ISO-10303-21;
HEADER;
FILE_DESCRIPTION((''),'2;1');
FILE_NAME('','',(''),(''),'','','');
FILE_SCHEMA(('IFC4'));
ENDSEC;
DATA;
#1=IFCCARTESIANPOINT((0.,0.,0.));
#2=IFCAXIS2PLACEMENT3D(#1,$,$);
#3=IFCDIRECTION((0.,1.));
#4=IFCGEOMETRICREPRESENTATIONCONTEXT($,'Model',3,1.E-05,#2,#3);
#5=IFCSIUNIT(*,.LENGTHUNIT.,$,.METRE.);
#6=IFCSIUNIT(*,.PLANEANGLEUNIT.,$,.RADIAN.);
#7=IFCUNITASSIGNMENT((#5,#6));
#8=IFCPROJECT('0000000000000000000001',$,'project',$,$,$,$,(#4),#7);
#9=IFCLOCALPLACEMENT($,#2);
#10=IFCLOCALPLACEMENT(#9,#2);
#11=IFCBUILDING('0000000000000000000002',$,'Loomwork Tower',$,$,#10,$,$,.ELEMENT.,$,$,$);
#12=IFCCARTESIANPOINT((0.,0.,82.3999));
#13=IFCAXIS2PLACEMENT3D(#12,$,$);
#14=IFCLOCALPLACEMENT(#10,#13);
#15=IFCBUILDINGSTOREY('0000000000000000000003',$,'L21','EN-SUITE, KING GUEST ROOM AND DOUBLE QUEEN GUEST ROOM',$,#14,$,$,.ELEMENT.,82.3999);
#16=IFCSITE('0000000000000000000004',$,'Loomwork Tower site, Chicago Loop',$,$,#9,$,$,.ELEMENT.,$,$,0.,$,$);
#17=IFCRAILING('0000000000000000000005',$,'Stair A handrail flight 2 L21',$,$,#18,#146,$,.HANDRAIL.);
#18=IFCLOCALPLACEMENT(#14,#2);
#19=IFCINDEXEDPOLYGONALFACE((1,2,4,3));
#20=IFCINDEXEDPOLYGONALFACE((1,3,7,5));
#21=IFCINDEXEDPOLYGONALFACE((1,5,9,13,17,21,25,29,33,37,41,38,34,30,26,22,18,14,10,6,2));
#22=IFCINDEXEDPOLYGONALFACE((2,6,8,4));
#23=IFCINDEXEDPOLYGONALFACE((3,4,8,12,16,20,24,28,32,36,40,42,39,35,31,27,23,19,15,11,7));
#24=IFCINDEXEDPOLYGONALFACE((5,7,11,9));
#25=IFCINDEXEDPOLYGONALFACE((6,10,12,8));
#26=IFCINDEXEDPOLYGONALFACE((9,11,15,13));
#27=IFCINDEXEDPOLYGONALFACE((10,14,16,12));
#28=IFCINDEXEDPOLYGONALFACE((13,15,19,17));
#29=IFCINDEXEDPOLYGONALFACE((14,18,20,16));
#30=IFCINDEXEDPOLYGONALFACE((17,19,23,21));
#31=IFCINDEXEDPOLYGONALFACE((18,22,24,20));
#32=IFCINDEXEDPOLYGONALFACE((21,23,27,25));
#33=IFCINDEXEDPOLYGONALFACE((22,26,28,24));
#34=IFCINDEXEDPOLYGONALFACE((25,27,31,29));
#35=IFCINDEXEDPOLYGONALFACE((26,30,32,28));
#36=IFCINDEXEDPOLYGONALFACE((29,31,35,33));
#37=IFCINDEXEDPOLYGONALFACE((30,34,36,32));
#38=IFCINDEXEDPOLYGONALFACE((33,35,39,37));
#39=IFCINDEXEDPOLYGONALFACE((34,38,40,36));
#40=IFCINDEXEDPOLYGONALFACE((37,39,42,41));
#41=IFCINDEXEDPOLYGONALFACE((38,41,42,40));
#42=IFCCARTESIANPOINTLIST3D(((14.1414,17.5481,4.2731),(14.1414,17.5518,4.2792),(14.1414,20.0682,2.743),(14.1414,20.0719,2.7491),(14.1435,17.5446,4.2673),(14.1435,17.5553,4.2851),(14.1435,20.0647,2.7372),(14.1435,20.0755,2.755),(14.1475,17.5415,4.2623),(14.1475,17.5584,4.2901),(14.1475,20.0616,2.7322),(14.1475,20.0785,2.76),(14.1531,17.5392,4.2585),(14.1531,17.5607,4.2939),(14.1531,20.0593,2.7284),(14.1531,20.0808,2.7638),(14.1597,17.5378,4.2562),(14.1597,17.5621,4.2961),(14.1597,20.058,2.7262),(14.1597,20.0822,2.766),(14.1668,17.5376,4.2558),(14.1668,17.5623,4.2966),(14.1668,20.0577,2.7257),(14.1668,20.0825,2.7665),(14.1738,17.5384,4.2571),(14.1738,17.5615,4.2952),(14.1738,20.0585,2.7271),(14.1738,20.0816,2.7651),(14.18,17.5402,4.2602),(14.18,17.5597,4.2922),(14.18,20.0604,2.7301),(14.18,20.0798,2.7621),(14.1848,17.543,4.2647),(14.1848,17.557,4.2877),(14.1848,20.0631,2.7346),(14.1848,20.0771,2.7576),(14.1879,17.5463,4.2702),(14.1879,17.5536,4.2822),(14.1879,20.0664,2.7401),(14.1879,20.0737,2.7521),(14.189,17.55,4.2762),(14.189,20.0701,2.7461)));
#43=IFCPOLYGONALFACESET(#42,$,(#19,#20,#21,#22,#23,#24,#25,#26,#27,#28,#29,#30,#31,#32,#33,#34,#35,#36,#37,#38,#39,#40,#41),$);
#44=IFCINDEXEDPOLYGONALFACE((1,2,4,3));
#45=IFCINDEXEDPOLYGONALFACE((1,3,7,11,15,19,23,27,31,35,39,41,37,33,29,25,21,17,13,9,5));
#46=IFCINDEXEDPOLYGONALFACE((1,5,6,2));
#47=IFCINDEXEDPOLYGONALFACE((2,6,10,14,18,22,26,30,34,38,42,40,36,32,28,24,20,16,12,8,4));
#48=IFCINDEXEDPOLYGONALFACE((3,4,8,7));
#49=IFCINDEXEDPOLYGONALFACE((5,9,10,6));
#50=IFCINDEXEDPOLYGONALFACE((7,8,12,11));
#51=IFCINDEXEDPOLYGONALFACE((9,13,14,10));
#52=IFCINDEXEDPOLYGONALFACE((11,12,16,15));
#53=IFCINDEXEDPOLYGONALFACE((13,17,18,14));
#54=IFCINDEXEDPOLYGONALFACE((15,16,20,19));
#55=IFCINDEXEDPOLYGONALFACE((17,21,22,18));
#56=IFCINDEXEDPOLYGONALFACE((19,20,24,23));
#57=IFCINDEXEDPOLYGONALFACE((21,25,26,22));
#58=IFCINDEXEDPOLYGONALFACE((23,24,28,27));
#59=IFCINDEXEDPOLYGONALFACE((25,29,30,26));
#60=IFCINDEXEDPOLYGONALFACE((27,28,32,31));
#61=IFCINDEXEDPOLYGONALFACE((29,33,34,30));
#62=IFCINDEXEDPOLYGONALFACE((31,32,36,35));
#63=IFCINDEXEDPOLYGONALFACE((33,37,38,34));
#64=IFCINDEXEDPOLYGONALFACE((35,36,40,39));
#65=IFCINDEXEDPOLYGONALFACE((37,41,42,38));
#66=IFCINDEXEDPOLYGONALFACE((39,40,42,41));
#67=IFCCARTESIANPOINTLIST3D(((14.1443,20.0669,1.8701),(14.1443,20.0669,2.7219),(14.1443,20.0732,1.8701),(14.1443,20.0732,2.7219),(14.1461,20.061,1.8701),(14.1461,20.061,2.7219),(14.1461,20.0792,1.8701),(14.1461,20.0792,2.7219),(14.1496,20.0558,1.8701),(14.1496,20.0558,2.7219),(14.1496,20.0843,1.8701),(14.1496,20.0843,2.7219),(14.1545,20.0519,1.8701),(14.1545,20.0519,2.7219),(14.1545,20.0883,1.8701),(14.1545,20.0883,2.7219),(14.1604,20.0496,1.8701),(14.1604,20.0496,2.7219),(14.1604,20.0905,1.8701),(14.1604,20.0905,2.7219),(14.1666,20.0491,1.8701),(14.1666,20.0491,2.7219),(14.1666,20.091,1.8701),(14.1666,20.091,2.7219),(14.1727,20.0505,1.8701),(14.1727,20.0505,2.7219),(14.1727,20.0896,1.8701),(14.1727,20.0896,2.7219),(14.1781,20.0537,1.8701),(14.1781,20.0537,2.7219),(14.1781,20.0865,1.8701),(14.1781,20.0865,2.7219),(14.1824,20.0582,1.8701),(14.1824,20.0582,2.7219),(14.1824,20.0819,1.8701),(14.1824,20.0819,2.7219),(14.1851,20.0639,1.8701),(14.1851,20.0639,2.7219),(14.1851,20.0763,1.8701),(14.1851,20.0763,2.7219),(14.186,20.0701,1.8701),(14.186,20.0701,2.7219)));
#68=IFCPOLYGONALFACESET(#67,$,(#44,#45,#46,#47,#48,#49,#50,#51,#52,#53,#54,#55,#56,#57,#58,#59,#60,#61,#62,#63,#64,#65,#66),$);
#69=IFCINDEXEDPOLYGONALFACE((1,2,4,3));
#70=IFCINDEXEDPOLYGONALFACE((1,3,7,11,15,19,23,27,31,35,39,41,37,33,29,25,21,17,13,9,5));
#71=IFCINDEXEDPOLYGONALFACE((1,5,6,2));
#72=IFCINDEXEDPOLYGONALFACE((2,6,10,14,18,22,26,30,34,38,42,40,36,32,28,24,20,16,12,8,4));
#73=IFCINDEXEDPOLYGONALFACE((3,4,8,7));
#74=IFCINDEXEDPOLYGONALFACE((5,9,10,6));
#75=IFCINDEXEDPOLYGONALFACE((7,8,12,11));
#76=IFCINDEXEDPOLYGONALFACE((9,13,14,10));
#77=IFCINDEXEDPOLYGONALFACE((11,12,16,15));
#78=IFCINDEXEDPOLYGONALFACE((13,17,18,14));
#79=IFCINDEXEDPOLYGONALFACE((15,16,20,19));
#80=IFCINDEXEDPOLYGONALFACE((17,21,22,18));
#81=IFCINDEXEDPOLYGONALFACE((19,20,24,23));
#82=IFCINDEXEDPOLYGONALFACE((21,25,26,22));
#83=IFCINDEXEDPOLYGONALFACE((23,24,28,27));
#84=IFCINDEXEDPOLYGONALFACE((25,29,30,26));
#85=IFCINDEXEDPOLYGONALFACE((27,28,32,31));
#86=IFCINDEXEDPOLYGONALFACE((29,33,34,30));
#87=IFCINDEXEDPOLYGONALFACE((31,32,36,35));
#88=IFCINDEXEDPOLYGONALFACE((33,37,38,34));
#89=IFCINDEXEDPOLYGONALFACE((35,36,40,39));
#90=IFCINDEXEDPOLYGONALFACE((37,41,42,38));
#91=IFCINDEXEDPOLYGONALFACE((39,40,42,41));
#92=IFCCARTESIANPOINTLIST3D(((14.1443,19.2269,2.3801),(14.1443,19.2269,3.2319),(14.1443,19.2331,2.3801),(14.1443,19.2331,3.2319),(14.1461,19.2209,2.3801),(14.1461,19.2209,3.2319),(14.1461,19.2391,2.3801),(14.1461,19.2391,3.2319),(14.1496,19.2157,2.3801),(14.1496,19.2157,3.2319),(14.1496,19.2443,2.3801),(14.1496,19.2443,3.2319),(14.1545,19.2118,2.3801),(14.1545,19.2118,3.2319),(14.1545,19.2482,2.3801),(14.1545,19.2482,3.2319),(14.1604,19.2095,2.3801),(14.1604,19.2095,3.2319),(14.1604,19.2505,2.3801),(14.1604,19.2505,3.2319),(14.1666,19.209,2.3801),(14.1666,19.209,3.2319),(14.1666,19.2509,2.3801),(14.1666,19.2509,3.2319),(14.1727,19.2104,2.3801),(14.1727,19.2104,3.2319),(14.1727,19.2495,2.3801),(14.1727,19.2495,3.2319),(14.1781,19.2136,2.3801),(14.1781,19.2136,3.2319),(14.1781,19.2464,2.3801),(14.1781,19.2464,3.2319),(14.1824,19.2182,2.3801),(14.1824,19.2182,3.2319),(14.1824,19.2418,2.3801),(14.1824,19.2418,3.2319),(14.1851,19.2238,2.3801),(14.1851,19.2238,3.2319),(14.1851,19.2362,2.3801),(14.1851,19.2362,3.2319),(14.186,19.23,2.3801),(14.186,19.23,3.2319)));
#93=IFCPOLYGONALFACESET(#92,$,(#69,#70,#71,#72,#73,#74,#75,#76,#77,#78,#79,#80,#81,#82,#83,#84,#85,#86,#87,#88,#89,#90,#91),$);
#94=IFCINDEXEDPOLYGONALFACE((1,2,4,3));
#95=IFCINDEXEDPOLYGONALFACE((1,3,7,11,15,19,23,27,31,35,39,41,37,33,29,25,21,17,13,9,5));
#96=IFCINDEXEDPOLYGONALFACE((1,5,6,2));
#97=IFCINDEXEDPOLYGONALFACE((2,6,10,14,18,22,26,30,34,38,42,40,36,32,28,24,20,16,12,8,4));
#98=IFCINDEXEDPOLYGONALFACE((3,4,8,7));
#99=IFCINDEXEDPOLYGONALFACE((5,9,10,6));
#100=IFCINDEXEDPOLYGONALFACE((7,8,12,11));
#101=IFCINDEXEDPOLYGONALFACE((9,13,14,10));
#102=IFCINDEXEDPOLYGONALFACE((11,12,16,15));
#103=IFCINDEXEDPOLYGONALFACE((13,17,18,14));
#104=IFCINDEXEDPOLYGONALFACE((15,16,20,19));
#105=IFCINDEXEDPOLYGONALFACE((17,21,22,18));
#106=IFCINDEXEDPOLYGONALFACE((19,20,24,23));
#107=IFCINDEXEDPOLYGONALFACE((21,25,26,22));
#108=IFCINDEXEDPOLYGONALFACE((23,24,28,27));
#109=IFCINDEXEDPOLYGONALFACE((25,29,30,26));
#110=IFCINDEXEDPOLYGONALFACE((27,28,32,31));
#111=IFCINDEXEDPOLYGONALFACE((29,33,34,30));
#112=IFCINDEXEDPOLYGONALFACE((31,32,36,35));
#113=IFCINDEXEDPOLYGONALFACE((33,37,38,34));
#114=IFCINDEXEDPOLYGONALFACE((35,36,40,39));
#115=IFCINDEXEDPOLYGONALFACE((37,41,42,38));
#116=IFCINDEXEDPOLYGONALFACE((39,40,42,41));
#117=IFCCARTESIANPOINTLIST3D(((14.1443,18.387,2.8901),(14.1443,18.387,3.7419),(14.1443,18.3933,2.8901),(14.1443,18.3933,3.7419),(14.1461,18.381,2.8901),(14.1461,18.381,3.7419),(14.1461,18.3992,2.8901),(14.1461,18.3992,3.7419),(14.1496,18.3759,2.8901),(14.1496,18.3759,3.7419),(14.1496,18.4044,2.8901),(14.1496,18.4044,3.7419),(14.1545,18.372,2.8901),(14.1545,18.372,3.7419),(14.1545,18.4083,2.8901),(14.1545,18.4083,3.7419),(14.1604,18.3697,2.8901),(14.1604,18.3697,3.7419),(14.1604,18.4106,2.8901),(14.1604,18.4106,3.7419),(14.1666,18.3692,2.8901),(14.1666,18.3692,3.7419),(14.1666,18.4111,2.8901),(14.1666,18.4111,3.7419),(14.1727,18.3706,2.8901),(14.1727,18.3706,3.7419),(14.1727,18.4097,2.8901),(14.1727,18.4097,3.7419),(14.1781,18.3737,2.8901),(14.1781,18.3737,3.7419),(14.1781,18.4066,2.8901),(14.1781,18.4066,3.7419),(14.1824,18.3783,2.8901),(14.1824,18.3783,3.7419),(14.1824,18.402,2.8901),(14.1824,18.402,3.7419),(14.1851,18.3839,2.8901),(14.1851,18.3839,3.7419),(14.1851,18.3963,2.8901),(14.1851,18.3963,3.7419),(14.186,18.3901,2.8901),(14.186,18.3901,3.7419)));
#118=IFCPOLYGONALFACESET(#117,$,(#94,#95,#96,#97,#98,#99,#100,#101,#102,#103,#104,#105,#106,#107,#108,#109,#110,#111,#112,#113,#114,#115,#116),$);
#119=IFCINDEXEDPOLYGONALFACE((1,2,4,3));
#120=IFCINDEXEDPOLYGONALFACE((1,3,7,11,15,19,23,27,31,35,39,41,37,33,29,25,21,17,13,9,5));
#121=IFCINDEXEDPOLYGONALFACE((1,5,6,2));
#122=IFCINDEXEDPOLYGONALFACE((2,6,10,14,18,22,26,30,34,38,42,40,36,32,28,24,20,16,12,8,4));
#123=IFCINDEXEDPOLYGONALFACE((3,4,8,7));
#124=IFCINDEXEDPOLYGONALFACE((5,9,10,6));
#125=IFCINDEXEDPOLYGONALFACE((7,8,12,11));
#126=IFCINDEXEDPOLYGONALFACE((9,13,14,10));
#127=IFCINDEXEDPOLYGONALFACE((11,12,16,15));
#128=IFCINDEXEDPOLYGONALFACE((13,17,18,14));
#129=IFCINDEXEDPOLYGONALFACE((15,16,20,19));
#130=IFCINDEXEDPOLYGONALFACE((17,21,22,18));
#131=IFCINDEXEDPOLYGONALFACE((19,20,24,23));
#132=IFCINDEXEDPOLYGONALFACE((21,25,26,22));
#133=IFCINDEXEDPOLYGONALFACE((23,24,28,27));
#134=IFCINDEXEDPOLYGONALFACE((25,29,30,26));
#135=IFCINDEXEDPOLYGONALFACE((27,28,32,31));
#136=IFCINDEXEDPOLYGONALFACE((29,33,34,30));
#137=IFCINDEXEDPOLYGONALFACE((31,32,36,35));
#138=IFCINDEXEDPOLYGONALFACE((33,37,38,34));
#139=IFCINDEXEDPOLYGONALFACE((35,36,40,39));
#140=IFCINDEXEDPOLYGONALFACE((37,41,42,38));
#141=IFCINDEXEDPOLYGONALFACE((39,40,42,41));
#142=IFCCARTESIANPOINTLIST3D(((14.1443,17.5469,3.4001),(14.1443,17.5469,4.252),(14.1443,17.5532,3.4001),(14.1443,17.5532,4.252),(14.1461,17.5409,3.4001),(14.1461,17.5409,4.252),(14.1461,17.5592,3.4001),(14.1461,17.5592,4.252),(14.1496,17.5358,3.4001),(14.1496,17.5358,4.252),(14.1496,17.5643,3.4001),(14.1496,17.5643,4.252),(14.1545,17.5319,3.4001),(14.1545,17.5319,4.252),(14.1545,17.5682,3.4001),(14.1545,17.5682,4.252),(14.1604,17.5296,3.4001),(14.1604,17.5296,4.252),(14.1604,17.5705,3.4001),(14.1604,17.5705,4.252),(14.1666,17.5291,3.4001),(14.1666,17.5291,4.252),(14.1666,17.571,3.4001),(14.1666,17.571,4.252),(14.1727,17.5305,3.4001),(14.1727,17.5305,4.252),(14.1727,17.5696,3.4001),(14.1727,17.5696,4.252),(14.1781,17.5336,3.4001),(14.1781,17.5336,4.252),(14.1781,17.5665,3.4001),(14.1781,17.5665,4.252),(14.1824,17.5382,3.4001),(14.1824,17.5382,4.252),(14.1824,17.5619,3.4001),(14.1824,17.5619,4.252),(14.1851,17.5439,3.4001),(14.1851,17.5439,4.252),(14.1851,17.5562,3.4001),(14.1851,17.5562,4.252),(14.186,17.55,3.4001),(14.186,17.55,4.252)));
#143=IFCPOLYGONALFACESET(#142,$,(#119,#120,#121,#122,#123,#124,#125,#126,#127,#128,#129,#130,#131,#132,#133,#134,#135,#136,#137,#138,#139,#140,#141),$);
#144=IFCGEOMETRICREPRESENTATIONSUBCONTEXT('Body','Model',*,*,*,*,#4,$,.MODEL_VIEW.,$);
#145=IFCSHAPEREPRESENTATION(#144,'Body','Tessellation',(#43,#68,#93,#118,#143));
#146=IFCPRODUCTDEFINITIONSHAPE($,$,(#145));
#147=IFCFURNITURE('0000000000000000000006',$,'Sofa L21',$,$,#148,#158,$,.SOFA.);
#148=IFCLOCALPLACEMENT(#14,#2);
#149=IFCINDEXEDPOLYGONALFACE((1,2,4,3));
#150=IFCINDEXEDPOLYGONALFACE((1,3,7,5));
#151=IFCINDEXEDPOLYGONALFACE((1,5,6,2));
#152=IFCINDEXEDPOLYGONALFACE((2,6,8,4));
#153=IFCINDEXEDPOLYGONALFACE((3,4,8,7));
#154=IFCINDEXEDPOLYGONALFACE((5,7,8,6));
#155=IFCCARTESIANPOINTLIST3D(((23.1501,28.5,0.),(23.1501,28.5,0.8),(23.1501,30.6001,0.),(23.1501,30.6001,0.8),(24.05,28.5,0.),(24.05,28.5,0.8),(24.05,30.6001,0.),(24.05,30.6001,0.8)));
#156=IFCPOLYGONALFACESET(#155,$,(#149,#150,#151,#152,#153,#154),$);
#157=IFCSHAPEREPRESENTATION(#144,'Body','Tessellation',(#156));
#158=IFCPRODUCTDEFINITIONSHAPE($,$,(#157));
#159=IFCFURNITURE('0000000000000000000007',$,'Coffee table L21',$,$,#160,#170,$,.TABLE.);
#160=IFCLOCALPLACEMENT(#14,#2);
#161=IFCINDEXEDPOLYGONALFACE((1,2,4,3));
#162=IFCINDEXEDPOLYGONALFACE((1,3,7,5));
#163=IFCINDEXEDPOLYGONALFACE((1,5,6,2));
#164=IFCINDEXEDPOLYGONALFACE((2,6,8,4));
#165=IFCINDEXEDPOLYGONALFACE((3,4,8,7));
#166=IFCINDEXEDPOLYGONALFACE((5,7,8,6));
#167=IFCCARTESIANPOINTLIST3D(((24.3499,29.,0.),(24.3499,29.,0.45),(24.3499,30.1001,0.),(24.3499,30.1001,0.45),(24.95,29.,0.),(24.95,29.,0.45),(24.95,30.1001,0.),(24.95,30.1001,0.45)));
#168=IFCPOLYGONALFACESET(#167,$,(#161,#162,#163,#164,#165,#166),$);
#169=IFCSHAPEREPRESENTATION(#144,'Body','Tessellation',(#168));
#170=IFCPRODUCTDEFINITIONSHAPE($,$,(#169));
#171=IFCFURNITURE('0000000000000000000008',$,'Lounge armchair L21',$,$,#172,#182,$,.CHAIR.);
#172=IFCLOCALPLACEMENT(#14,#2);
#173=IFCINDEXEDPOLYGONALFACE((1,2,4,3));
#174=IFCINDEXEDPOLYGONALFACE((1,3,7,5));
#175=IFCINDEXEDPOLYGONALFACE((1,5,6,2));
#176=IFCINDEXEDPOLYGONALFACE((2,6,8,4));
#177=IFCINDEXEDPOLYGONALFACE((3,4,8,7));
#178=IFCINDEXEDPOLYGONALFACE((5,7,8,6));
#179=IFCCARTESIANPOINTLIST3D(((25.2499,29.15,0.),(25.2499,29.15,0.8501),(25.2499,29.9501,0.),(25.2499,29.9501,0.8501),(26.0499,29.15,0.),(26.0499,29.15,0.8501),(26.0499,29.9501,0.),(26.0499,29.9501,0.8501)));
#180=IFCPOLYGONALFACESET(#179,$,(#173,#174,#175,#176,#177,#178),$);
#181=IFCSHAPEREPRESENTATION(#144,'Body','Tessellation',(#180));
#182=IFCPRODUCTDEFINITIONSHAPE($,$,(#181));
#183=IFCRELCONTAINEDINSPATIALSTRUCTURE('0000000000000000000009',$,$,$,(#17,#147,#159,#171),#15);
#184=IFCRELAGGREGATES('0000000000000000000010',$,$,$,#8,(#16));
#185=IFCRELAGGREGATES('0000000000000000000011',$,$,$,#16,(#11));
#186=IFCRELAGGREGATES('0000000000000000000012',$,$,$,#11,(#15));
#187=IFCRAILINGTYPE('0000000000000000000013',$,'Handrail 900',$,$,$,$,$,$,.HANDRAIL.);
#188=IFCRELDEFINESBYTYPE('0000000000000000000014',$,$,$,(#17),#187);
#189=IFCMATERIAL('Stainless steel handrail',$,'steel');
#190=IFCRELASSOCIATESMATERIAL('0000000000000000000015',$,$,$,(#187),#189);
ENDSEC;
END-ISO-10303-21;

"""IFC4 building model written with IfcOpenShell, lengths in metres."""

from ifc_helpers import new_model, si_unit, direction, frame, origin, origin_2d, place, context, subcontext, project, spatial, rectangle, circle, extrude, material, type_object, element, save


model = new_model("IFC4")

# Units and contexts
model_context = context("Model", 3, precision=1e-05, world=origin(), true_north=direction((0.0, 1.0)))
body_context = subcontext(model_context, "Body", "Model", "MODEL_VIEW")
ifc_project = project(units=[si_unit("LENGTHUNIT", "METRE"), si_unit("PLANEANGLEUNIT", "RADIAN")], contexts=[model_context])

# Site, building, storey
site_placement = place(None, origin())
site = spatial("IfcSite", under=ifc_project, at=site_placement, Name="Loomwork Tower site, Chicago Loop", CompositionType="ELEMENT", RefElevation=0.0)
building_placement = place(site_placement, origin())
building = spatial("IfcBuilding", under=site, at=building_placement, Name="Loomwork Tower", CompositionType="ELEMENT")
storey_placement = place(building_placement, frame((0.0, 0.0, 82.3999)))
storey = spatial("IfcBuildingStorey", under=building, at=storey_placement, Name="L21", Description="EN-SUITE, KING GUEST ROOM AND DOUBLE QUEEN GUEST ROOM", CompositionType="ELEMENT", Elevation=82.3999)

# Railing
ifc_material_1 = material(Name="Stainless steel handrail", Category="steel")
railing_type = type_object("IfcRailingType", Name="Handrail 900", PredefinedType="HANDRAIL", material=ifc_material_1)
railing_placement = place(storey_placement, frame((14.165, 20.0701, 1.8701)))
element("IfcRailing", 1, at=railing_placement, inside=storey, type_object=railing_type, Name="Stair A handrail flight 2 L21", PredefinedType="HANDRAIL", context=body_context, shape_type="SweptSolid", body=[
    extrude(circle(Radius=0.0239, at=origin_2d()), frame((0.0, 0.0, 0.876), z_axis=(0.0, -0.854785, 0.518982), x_axis=(1.0, 0.0, 0.0)), (0.0, 0.0, 1.0), 2.9482),
    extrude(circle(Radius=0.021, at=origin_2d()), origin(), (0.0, 0.0, 1.0), 0.8518),
    extrude(circle(Radius=0.021, at=origin_2d()), frame((0.0, -0.8401, 0.51)), (0.0, 0.0, 1.0), 0.8518),
    extrude(circle(Radius=0.021, at=origin_2d()), frame((0.0, -1.6799, 1.02)), (0.0, 0.0, 1.0), 0.8518),
    extrude(circle(Radius=0.021, at=origin_2d()), frame((0.0, -2.52, 1.53)), (0.0, 0.0, 1.0), 0.8518),
])

# Furniture
furniture_1_placement = place(storey_placement, frame((23.6001, 29.55, 0.0), z_axis=(0.0, 0.0, 1.0), x_axis=(1.0, 0.0, 0.0)))
element("IfcFurniture", 2, at=furniture_1_placement, inside=storey, Name="Sofa L21", PredefinedType="SOFA", context=body_context, shape_type="SweptSolid", body=[
    extrude(rectangle(XDim=0.8999, YDim=2.1001, at=origin_2d()), origin(), (0.0, 0.0, 1.0), 0.8),
])
furniture_2_placement = place(storey_placement, frame((24.6499, 29.55, 0.0), z_axis=(0.0, 0.0, 1.0), x_axis=(1.0, 0.0, 0.0)))
element("IfcFurniture", 3, at=furniture_2_placement, inside=storey, Name="Coffee table L21", PredefinedType="TABLE", context=body_context, shape_type="SweptSolid", body=[
    extrude(rectangle(XDim=0.6001, YDim=1.1001, at=origin_2d()), origin(), (0.0, 0.0, 1.0), 0.45),
])
furniture_3_placement = place(storey_placement, frame((25.6499, 29.55, 0.0), z_axis=(0.0, 0.0, 1.0), x_axis=(1.0, 0.0, 0.0)))
element("IfcFurniture", 4, at=furniture_3_placement, inside=storey, Name="Lounge armchair L21", PredefinedType="CHAIR", context=body_context, shape_type="SweptSolid", body=[
    extrude(rectangle(XDim=0.8, YDim=0.8, at=origin_2d()), origin(), (0.0, 0.0, 1.0), 0.8501),
])

save(model, "model.ifc")
